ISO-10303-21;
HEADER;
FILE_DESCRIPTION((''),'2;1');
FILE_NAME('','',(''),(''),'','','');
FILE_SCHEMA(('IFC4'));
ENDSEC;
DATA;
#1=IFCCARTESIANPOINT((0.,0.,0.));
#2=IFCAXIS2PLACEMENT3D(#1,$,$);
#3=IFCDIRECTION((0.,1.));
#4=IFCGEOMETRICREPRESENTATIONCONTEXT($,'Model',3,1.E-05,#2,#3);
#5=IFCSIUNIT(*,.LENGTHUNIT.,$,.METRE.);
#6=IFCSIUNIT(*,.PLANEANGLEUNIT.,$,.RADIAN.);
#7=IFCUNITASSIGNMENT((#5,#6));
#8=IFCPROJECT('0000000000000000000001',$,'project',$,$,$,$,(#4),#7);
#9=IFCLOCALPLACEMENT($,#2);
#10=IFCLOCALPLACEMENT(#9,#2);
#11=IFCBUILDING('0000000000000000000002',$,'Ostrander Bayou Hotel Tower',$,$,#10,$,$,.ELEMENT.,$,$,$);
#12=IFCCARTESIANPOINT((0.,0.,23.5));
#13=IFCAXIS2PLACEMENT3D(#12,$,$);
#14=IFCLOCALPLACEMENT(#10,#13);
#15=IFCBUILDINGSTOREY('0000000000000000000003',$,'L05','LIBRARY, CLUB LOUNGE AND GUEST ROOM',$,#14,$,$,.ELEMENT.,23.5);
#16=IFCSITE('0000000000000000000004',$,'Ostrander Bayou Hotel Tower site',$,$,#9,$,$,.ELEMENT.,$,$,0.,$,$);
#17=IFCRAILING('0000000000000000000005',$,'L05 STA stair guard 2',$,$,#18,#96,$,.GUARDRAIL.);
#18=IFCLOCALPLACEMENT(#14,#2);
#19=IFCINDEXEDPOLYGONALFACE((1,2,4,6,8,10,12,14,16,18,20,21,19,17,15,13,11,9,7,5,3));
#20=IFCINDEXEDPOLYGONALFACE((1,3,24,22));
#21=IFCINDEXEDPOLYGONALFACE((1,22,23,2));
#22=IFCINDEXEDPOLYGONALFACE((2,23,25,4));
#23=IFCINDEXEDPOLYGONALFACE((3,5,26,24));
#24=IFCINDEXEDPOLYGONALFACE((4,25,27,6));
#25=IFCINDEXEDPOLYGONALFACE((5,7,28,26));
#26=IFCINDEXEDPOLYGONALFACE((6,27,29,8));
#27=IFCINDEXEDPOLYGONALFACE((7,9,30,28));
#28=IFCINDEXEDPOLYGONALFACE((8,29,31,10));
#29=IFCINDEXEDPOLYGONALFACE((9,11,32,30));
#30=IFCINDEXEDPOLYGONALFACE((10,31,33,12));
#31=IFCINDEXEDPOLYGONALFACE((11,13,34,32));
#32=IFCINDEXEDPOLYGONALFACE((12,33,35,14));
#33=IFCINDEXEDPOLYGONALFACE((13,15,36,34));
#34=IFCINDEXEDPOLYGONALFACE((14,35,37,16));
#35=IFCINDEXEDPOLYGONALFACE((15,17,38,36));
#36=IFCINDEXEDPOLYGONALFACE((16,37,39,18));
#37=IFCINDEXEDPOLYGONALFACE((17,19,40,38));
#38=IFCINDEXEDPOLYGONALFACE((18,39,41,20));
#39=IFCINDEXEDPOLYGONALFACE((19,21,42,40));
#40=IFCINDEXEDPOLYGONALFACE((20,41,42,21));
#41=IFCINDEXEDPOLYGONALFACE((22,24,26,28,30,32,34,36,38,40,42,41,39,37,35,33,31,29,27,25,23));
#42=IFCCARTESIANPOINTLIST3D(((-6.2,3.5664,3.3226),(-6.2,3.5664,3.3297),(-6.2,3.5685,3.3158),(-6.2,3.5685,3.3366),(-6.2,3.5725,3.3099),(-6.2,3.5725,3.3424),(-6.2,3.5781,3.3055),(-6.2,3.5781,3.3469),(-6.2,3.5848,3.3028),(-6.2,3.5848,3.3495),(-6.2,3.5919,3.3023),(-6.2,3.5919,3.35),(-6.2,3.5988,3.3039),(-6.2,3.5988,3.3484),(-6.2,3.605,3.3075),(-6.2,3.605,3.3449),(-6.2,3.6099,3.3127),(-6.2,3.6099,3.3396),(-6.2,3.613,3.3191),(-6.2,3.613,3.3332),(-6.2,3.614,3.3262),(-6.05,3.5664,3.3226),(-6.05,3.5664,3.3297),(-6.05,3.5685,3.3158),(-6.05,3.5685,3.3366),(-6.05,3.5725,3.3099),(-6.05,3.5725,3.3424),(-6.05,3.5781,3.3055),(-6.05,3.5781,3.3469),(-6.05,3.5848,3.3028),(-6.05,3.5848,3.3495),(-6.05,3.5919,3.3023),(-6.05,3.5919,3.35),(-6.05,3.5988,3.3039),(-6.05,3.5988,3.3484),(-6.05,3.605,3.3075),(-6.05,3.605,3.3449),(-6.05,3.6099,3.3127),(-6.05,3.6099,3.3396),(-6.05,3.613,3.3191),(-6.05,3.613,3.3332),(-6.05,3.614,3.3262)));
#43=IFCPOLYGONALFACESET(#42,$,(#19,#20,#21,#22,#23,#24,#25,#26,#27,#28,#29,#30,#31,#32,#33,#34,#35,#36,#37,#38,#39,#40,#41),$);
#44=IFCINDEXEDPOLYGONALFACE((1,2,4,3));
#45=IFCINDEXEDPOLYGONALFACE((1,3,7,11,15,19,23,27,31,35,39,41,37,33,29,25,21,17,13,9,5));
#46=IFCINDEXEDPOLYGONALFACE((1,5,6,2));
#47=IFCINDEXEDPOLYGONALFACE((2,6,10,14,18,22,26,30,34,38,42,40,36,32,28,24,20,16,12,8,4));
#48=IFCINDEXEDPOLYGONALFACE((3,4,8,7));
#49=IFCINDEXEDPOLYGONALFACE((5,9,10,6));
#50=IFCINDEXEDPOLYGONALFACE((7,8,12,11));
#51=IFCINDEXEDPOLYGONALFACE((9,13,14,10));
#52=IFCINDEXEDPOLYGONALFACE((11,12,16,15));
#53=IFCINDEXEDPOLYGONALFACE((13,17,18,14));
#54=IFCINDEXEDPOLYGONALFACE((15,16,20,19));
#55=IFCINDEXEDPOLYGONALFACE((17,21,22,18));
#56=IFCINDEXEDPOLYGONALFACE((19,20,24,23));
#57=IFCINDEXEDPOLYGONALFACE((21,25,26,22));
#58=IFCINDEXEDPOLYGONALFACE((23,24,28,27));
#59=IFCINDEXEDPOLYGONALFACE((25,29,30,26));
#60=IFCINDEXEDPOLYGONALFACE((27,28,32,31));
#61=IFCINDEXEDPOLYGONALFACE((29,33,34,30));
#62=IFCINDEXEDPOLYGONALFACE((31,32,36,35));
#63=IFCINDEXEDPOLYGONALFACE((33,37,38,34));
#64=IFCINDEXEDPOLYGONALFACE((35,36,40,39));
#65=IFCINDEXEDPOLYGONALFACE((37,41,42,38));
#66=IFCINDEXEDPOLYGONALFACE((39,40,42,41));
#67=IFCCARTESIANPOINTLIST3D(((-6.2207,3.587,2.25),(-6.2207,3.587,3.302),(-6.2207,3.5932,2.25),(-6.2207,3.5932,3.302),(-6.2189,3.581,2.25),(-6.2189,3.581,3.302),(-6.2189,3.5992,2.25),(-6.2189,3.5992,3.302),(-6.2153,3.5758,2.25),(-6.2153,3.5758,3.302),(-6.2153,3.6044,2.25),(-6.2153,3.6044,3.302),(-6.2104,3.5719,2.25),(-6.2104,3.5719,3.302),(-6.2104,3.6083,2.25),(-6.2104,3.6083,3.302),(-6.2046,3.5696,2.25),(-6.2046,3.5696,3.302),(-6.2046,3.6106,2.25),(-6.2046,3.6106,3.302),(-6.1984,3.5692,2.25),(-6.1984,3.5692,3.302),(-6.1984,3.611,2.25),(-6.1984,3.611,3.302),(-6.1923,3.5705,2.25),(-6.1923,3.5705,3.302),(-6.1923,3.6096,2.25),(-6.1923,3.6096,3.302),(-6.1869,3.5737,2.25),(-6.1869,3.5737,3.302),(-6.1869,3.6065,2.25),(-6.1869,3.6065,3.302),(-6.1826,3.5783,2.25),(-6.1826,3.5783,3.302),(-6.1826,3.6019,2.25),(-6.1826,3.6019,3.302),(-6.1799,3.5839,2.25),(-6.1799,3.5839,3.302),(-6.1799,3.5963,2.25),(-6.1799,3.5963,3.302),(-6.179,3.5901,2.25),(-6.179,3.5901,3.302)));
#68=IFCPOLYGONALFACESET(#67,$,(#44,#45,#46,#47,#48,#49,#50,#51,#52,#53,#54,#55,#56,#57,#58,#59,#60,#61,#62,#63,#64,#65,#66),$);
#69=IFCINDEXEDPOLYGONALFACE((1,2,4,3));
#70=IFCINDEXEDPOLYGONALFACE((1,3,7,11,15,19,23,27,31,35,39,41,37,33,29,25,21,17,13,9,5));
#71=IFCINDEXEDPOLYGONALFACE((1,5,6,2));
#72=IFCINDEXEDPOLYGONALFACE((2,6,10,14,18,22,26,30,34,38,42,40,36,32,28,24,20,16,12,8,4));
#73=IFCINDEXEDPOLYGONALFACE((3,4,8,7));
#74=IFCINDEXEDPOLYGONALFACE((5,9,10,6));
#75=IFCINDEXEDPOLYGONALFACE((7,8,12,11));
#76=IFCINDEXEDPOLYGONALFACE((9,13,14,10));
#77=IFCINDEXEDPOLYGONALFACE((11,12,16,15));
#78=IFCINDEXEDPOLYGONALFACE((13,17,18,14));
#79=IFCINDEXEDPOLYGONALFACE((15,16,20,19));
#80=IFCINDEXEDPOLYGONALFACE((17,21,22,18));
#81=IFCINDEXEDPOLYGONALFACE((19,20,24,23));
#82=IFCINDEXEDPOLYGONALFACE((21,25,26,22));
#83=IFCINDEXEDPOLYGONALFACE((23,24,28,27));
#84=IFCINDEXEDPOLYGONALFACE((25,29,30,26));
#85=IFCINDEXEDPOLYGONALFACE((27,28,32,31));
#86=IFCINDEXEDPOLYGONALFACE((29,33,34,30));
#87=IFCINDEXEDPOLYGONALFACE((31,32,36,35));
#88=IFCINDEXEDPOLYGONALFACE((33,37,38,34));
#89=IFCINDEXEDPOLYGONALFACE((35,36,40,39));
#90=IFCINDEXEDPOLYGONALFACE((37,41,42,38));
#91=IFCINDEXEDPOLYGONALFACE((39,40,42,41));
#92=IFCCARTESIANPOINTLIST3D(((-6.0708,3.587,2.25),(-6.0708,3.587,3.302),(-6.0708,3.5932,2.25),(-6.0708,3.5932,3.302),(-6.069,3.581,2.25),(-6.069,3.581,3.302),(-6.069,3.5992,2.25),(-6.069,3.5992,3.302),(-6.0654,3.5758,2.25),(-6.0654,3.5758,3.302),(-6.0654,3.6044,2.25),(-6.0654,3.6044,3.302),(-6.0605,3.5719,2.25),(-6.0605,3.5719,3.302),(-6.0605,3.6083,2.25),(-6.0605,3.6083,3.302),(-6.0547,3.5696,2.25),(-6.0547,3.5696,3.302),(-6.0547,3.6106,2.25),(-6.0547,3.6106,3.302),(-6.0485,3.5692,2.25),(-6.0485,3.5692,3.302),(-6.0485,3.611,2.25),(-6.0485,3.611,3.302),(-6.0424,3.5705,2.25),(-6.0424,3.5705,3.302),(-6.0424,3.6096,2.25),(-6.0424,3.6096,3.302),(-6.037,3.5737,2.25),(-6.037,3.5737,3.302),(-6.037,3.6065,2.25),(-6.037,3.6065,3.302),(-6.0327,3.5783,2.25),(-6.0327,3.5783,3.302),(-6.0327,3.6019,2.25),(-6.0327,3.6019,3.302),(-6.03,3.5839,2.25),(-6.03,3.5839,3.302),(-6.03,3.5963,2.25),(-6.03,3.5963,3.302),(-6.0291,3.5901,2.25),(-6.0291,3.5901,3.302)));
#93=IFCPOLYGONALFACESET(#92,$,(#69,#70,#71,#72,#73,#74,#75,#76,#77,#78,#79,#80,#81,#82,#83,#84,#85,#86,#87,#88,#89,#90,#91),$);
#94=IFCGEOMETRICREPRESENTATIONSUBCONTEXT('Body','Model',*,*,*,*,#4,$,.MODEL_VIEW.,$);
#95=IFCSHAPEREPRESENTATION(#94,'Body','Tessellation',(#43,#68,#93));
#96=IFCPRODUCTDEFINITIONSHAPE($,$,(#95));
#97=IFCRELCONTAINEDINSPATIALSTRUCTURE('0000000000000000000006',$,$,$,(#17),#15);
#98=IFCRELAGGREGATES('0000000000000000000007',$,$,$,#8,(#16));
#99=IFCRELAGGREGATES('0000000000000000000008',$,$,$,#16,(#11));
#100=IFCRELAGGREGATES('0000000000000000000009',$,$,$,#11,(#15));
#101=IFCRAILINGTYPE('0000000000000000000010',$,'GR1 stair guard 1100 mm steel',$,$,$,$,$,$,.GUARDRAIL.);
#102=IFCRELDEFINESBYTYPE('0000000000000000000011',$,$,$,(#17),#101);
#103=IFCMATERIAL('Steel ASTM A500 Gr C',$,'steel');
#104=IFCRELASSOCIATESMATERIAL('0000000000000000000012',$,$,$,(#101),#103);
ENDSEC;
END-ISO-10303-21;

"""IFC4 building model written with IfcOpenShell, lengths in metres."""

from ifc_helpers import new_model, si_unit, direction, frame, origin, origin_2d, place, context, subcontext, project, spatial, circle, extrude, material, type_object, element, save


model = new_model("IFC4")

# Units and contexts
model_context = context("Model", 3, precision=1e-05, world=origin(), true_north=direction((0.0, 1.0)))
body_context = subcontext(model_context, "Body", "Model", "MODEL_VIEW")
ifc_project = project(units=[si_unit("LENGTHUNIT", "METRE"), si_unit("PLANEANGLEUNIT", "RADIAN")], contexts=[model_context])

# Site, building, storey
site_placement = place(None, origin())
site = spatial("IfcSite", under=ifc_project, at=site_placement, Name="Ostrander Bayou Hotel Tower site", CompositionType="ELEMENT", RefElevation=0.0)
building_placement = place(site_placement, origin())
building = spatial("IfcBuilding", under=site, at=building_placement, Name="Ostrander Bayou Hotel Tower", CompositionType="ELEMENT")
storey_placement = place(building_placement, frame((0.0, 0.0, 23.5)))
storey = spatial("IfcBuildingStorey", under=building, at=storey_placement, Name="L05", Description="LIBRARY, CLUB LOUNGE AND GUEST ROOM", CompositionType="ELEMENT", Elevation=23.5)

# Railing
ifc_material_1 = material(Name="Steel ASTM A500 Gr C", Category="steel")
railing_type_1 = type_object("IfcRailingType", Name="GR1 stair guard 1100 mm steel", PredefinedType="GUARDRAIL", material=ifc_material_1)
railing_1_placement = place(storey_placement, frame((-6.2, 3.5901, 2.25)))
element("IfcRailing", 1, at=railing_1_placement, inside=storey, type_object=railing_type_1, Name="L05 STA stair guard 2", PredefinedType="GUARDRAIL", context=body_context, shape_type="SweptSolid", body=[
    extrude(circle(Radius=0.0239, at=origin_2d()), frame((0.0, 0.0, 1.0762), z_axis=(1.0, 0.0, 0.0), x_axis=(0.0, 1.0, 0.0)), (0.0, 0.0, 1.0), 0.1499),
    extrude(circle(Radius=0.021, at=origin_2d()), origin(), (0.0, 0.0, 1.0), 1.052),
    extrude(circle(Radius=0.021, at=origin_2d()), frame((0.1499, 0.0, 0.0)), (0.0, 0.0, 1.0), 1.052),
])

save(model, "model.ifc")
